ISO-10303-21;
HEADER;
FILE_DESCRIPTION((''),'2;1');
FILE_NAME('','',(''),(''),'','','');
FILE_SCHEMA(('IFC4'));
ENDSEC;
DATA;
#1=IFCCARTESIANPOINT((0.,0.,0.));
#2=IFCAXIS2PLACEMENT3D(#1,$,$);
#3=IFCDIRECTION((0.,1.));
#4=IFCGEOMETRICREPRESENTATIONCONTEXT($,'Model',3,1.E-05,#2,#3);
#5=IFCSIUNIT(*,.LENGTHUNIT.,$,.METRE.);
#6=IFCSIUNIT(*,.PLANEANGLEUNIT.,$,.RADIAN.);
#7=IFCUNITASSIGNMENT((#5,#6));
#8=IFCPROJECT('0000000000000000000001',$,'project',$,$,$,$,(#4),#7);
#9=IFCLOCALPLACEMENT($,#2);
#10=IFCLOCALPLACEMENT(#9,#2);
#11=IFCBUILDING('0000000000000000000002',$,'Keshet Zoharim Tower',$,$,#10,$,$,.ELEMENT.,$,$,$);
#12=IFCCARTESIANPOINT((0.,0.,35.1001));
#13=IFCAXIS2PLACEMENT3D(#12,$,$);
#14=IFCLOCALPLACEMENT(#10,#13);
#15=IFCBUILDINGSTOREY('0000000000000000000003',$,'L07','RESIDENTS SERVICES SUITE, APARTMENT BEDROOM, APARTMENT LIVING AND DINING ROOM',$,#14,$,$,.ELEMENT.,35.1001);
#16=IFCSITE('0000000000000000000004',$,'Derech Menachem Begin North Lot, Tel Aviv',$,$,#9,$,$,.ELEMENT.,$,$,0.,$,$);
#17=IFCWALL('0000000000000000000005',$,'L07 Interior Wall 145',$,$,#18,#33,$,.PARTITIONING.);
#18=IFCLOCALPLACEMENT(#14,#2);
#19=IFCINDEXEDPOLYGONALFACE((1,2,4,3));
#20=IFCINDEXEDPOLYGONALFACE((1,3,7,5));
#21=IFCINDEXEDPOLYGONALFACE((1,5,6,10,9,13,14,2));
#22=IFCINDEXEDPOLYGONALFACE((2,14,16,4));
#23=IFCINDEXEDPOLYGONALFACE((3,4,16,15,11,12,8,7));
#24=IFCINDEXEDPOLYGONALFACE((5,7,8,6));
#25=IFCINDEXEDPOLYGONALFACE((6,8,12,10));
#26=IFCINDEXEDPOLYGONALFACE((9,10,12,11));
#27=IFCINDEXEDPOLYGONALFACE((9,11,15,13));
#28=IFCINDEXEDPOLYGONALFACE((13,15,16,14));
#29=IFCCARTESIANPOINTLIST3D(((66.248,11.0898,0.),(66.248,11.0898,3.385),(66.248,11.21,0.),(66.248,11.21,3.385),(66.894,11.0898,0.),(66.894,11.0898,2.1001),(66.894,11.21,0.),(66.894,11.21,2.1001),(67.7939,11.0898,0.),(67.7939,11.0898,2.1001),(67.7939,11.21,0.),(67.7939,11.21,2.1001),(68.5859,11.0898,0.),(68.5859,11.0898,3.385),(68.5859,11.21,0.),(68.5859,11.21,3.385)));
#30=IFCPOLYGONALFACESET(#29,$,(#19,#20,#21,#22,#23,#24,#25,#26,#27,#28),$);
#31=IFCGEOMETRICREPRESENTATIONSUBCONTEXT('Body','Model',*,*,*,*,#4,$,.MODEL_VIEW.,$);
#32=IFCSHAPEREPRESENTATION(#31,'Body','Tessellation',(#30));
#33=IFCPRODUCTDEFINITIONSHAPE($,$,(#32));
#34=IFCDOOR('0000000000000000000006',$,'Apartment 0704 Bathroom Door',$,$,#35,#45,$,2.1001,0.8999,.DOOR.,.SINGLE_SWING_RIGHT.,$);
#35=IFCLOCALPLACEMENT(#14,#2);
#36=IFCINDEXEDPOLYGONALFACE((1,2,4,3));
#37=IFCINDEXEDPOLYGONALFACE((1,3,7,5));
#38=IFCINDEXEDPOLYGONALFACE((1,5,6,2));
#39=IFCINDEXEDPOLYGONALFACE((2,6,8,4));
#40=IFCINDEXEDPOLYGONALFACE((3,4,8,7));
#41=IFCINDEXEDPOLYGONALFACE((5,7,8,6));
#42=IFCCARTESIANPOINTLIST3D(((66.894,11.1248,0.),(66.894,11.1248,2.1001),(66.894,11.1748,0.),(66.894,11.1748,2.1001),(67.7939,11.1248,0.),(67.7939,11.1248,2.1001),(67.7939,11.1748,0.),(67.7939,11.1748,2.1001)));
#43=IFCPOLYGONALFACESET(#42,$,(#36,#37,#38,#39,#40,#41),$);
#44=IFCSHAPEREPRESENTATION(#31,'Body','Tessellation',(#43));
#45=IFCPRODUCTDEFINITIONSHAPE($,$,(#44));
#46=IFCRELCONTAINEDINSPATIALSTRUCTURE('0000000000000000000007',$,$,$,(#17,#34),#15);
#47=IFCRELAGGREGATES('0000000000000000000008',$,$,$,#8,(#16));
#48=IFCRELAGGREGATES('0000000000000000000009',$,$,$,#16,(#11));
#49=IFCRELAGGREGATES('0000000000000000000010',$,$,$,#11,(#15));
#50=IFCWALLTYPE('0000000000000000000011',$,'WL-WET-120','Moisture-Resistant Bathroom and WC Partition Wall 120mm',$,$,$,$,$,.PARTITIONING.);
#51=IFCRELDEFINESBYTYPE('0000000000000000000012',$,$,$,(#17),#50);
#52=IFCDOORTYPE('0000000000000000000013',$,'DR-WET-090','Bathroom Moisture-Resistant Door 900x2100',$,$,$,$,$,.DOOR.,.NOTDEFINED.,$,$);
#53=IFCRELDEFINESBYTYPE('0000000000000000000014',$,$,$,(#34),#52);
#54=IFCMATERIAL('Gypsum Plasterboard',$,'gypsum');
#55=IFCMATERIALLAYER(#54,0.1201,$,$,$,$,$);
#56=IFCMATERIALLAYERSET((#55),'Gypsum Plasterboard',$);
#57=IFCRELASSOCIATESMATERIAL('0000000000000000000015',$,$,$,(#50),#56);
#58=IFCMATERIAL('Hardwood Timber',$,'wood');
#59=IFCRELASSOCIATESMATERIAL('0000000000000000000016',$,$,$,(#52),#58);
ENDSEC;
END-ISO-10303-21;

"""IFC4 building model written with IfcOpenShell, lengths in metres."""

from ifc_helpers import new_model, si_unit, direction, frame, frame_2d, origin, place, context, subcontext, project, spatial, rectangle, extrude, material, layer, layer_set, type_object, element, fill, save


model = new_model("IFC4")

# Units and contexts
model_context = context("Model", 3, precision=1e-05, world=origin(), true_north=direction((0.0, 1.0)))
body_context = subcontext(model_context, "Body", "Model", "MODEL_VIEW")
ifc_project = project(units=[si_unit("LENGTHUNIT", "METRE"), si_unit("PLANEANGLEUNIT", "RADIAN")], contexts=[model_context])

# Site, building, storey
site_placement = place(None, origin())
site = spatial("IfcSite", under=ifc_project, at=site_placement, Name="Derech Menachem Begin North Lot, Tel Aviv", CompositionType="ELEMENT", RefElevation=0.0)
building_placement = place(site_placement, origin())
building = spatial("IfcBuilding", under=site, at=building_placement, Name="Keshet Zoharim Tower", CompositionType="ELEMENT")
storey_placement = place(building_placement, frame((0.0, 0.0, 35.1001)))
storey = spatial("IfcBuildingStorey", under=building, at=storey_placement, Name="L07", Description="RESIDENTS SERVICES SUITE, APARTMENT BEDROOM, APARTMENT LIVING AND DINING ROOM", CompositionType="ELEMENT", Elevation=35.1001)

# Shared definitions
ifc_material_1 = material(Name="Hardwood Timber", Category="wood")

# Shared definitions
ifc_material_2 = material(Name="Gypsum Plasterboard", Category="gypsum")

# Shared definitions
ifc_layer_1 = layer(ifc_material_2, 0.1201)
ifc_layer_set_1 = layer_set([ifc_layer_1], Name="Gypsum Plasterboard")
wall_type_1 = type_object("IfcWallType", Name="WL-WET-120", Description="Moisture-Resistant Bathroom and WC Partition Wall 120mm", PredefinedType="PARTITIONING", material=ifc_layer_set_1)

# Wall, opening, door
wall_1_placement = place(storey_placement, frame((66.248, 11.1499, 0.0), z_axis=(0.0, 0.0, 1.0), x_axis=(1.0, 0.0, 0.0)))
wall_1 = element("IfcWall", 1, at=wall_1_placement, inside=storey, type_object=wall_type_1, Name="L07 Interior Wall 145", PredefinedType="PARTITIONING", context=body_context, shape_type="SweptSolid", body=[
    extrude(rectangle(XDim=2.3379, YDim=0.1201, at=frame_2d((1.1689, 0.0))), origin(), (0.0, 0.0, 1.0), 3.385),
])
opening_1_placement = place(wall_1_placement, frame((0.646, 0.0, 0.0)))
opening_1 = element("IfcOpeningElement", 2, at=opening_1_placement, cuts=wall_1, PredefinedType="OPENING", context=body_context, shape_type="SweptSolid", body=[
    extrude(rectangle(XDim=0.8999, YDim=2.1001, at=frame_2d((0.45, 1.05))), frame((0.0, 0.0701, 0.0), z_axis=(0.0, -1.0, 0.0), x_axis=(1.0, 0.0, 0.0)), (0.0, 0.0, 1.0), 0.1401),
])
door_type_1 = type_object("IfcDoorType", Name="DR-WET-090", Description="Bathroom Moisture-Resistant Door 900x2100", OperationType="NOTDEFINED", PredefinedType="DOOR", material=ifc_material_1)
door_1_placement = place(opening_1_placement, origin())
door_1 = element("IfcDoor", 3, at=door_1_placement, inside=storey, type_object=door_type_1, Name="Apartment 0704 Bathroom Door", OperationType="SINGLE_SWING_RIGHT", OverallHeight=2.1001, OverallWidth=0.8999, PredefinedType="DOOR", context=body_context, shape_type="SweptSolid", body=[
    extrude(rectangle(XDim=0.8999, YDim=2.1001, at=frame_2d((0.45, 1.05))), frame((0.0, 0.0249, 0.0), z_axis=(0.0, -1.0, 0.0), x_axis=(1.0, 0.0, 0.0)), (0.0, 0.0, 1.0), 0.05),
])
fill(opening_1, door_1)

save(model, "model.ifc")
